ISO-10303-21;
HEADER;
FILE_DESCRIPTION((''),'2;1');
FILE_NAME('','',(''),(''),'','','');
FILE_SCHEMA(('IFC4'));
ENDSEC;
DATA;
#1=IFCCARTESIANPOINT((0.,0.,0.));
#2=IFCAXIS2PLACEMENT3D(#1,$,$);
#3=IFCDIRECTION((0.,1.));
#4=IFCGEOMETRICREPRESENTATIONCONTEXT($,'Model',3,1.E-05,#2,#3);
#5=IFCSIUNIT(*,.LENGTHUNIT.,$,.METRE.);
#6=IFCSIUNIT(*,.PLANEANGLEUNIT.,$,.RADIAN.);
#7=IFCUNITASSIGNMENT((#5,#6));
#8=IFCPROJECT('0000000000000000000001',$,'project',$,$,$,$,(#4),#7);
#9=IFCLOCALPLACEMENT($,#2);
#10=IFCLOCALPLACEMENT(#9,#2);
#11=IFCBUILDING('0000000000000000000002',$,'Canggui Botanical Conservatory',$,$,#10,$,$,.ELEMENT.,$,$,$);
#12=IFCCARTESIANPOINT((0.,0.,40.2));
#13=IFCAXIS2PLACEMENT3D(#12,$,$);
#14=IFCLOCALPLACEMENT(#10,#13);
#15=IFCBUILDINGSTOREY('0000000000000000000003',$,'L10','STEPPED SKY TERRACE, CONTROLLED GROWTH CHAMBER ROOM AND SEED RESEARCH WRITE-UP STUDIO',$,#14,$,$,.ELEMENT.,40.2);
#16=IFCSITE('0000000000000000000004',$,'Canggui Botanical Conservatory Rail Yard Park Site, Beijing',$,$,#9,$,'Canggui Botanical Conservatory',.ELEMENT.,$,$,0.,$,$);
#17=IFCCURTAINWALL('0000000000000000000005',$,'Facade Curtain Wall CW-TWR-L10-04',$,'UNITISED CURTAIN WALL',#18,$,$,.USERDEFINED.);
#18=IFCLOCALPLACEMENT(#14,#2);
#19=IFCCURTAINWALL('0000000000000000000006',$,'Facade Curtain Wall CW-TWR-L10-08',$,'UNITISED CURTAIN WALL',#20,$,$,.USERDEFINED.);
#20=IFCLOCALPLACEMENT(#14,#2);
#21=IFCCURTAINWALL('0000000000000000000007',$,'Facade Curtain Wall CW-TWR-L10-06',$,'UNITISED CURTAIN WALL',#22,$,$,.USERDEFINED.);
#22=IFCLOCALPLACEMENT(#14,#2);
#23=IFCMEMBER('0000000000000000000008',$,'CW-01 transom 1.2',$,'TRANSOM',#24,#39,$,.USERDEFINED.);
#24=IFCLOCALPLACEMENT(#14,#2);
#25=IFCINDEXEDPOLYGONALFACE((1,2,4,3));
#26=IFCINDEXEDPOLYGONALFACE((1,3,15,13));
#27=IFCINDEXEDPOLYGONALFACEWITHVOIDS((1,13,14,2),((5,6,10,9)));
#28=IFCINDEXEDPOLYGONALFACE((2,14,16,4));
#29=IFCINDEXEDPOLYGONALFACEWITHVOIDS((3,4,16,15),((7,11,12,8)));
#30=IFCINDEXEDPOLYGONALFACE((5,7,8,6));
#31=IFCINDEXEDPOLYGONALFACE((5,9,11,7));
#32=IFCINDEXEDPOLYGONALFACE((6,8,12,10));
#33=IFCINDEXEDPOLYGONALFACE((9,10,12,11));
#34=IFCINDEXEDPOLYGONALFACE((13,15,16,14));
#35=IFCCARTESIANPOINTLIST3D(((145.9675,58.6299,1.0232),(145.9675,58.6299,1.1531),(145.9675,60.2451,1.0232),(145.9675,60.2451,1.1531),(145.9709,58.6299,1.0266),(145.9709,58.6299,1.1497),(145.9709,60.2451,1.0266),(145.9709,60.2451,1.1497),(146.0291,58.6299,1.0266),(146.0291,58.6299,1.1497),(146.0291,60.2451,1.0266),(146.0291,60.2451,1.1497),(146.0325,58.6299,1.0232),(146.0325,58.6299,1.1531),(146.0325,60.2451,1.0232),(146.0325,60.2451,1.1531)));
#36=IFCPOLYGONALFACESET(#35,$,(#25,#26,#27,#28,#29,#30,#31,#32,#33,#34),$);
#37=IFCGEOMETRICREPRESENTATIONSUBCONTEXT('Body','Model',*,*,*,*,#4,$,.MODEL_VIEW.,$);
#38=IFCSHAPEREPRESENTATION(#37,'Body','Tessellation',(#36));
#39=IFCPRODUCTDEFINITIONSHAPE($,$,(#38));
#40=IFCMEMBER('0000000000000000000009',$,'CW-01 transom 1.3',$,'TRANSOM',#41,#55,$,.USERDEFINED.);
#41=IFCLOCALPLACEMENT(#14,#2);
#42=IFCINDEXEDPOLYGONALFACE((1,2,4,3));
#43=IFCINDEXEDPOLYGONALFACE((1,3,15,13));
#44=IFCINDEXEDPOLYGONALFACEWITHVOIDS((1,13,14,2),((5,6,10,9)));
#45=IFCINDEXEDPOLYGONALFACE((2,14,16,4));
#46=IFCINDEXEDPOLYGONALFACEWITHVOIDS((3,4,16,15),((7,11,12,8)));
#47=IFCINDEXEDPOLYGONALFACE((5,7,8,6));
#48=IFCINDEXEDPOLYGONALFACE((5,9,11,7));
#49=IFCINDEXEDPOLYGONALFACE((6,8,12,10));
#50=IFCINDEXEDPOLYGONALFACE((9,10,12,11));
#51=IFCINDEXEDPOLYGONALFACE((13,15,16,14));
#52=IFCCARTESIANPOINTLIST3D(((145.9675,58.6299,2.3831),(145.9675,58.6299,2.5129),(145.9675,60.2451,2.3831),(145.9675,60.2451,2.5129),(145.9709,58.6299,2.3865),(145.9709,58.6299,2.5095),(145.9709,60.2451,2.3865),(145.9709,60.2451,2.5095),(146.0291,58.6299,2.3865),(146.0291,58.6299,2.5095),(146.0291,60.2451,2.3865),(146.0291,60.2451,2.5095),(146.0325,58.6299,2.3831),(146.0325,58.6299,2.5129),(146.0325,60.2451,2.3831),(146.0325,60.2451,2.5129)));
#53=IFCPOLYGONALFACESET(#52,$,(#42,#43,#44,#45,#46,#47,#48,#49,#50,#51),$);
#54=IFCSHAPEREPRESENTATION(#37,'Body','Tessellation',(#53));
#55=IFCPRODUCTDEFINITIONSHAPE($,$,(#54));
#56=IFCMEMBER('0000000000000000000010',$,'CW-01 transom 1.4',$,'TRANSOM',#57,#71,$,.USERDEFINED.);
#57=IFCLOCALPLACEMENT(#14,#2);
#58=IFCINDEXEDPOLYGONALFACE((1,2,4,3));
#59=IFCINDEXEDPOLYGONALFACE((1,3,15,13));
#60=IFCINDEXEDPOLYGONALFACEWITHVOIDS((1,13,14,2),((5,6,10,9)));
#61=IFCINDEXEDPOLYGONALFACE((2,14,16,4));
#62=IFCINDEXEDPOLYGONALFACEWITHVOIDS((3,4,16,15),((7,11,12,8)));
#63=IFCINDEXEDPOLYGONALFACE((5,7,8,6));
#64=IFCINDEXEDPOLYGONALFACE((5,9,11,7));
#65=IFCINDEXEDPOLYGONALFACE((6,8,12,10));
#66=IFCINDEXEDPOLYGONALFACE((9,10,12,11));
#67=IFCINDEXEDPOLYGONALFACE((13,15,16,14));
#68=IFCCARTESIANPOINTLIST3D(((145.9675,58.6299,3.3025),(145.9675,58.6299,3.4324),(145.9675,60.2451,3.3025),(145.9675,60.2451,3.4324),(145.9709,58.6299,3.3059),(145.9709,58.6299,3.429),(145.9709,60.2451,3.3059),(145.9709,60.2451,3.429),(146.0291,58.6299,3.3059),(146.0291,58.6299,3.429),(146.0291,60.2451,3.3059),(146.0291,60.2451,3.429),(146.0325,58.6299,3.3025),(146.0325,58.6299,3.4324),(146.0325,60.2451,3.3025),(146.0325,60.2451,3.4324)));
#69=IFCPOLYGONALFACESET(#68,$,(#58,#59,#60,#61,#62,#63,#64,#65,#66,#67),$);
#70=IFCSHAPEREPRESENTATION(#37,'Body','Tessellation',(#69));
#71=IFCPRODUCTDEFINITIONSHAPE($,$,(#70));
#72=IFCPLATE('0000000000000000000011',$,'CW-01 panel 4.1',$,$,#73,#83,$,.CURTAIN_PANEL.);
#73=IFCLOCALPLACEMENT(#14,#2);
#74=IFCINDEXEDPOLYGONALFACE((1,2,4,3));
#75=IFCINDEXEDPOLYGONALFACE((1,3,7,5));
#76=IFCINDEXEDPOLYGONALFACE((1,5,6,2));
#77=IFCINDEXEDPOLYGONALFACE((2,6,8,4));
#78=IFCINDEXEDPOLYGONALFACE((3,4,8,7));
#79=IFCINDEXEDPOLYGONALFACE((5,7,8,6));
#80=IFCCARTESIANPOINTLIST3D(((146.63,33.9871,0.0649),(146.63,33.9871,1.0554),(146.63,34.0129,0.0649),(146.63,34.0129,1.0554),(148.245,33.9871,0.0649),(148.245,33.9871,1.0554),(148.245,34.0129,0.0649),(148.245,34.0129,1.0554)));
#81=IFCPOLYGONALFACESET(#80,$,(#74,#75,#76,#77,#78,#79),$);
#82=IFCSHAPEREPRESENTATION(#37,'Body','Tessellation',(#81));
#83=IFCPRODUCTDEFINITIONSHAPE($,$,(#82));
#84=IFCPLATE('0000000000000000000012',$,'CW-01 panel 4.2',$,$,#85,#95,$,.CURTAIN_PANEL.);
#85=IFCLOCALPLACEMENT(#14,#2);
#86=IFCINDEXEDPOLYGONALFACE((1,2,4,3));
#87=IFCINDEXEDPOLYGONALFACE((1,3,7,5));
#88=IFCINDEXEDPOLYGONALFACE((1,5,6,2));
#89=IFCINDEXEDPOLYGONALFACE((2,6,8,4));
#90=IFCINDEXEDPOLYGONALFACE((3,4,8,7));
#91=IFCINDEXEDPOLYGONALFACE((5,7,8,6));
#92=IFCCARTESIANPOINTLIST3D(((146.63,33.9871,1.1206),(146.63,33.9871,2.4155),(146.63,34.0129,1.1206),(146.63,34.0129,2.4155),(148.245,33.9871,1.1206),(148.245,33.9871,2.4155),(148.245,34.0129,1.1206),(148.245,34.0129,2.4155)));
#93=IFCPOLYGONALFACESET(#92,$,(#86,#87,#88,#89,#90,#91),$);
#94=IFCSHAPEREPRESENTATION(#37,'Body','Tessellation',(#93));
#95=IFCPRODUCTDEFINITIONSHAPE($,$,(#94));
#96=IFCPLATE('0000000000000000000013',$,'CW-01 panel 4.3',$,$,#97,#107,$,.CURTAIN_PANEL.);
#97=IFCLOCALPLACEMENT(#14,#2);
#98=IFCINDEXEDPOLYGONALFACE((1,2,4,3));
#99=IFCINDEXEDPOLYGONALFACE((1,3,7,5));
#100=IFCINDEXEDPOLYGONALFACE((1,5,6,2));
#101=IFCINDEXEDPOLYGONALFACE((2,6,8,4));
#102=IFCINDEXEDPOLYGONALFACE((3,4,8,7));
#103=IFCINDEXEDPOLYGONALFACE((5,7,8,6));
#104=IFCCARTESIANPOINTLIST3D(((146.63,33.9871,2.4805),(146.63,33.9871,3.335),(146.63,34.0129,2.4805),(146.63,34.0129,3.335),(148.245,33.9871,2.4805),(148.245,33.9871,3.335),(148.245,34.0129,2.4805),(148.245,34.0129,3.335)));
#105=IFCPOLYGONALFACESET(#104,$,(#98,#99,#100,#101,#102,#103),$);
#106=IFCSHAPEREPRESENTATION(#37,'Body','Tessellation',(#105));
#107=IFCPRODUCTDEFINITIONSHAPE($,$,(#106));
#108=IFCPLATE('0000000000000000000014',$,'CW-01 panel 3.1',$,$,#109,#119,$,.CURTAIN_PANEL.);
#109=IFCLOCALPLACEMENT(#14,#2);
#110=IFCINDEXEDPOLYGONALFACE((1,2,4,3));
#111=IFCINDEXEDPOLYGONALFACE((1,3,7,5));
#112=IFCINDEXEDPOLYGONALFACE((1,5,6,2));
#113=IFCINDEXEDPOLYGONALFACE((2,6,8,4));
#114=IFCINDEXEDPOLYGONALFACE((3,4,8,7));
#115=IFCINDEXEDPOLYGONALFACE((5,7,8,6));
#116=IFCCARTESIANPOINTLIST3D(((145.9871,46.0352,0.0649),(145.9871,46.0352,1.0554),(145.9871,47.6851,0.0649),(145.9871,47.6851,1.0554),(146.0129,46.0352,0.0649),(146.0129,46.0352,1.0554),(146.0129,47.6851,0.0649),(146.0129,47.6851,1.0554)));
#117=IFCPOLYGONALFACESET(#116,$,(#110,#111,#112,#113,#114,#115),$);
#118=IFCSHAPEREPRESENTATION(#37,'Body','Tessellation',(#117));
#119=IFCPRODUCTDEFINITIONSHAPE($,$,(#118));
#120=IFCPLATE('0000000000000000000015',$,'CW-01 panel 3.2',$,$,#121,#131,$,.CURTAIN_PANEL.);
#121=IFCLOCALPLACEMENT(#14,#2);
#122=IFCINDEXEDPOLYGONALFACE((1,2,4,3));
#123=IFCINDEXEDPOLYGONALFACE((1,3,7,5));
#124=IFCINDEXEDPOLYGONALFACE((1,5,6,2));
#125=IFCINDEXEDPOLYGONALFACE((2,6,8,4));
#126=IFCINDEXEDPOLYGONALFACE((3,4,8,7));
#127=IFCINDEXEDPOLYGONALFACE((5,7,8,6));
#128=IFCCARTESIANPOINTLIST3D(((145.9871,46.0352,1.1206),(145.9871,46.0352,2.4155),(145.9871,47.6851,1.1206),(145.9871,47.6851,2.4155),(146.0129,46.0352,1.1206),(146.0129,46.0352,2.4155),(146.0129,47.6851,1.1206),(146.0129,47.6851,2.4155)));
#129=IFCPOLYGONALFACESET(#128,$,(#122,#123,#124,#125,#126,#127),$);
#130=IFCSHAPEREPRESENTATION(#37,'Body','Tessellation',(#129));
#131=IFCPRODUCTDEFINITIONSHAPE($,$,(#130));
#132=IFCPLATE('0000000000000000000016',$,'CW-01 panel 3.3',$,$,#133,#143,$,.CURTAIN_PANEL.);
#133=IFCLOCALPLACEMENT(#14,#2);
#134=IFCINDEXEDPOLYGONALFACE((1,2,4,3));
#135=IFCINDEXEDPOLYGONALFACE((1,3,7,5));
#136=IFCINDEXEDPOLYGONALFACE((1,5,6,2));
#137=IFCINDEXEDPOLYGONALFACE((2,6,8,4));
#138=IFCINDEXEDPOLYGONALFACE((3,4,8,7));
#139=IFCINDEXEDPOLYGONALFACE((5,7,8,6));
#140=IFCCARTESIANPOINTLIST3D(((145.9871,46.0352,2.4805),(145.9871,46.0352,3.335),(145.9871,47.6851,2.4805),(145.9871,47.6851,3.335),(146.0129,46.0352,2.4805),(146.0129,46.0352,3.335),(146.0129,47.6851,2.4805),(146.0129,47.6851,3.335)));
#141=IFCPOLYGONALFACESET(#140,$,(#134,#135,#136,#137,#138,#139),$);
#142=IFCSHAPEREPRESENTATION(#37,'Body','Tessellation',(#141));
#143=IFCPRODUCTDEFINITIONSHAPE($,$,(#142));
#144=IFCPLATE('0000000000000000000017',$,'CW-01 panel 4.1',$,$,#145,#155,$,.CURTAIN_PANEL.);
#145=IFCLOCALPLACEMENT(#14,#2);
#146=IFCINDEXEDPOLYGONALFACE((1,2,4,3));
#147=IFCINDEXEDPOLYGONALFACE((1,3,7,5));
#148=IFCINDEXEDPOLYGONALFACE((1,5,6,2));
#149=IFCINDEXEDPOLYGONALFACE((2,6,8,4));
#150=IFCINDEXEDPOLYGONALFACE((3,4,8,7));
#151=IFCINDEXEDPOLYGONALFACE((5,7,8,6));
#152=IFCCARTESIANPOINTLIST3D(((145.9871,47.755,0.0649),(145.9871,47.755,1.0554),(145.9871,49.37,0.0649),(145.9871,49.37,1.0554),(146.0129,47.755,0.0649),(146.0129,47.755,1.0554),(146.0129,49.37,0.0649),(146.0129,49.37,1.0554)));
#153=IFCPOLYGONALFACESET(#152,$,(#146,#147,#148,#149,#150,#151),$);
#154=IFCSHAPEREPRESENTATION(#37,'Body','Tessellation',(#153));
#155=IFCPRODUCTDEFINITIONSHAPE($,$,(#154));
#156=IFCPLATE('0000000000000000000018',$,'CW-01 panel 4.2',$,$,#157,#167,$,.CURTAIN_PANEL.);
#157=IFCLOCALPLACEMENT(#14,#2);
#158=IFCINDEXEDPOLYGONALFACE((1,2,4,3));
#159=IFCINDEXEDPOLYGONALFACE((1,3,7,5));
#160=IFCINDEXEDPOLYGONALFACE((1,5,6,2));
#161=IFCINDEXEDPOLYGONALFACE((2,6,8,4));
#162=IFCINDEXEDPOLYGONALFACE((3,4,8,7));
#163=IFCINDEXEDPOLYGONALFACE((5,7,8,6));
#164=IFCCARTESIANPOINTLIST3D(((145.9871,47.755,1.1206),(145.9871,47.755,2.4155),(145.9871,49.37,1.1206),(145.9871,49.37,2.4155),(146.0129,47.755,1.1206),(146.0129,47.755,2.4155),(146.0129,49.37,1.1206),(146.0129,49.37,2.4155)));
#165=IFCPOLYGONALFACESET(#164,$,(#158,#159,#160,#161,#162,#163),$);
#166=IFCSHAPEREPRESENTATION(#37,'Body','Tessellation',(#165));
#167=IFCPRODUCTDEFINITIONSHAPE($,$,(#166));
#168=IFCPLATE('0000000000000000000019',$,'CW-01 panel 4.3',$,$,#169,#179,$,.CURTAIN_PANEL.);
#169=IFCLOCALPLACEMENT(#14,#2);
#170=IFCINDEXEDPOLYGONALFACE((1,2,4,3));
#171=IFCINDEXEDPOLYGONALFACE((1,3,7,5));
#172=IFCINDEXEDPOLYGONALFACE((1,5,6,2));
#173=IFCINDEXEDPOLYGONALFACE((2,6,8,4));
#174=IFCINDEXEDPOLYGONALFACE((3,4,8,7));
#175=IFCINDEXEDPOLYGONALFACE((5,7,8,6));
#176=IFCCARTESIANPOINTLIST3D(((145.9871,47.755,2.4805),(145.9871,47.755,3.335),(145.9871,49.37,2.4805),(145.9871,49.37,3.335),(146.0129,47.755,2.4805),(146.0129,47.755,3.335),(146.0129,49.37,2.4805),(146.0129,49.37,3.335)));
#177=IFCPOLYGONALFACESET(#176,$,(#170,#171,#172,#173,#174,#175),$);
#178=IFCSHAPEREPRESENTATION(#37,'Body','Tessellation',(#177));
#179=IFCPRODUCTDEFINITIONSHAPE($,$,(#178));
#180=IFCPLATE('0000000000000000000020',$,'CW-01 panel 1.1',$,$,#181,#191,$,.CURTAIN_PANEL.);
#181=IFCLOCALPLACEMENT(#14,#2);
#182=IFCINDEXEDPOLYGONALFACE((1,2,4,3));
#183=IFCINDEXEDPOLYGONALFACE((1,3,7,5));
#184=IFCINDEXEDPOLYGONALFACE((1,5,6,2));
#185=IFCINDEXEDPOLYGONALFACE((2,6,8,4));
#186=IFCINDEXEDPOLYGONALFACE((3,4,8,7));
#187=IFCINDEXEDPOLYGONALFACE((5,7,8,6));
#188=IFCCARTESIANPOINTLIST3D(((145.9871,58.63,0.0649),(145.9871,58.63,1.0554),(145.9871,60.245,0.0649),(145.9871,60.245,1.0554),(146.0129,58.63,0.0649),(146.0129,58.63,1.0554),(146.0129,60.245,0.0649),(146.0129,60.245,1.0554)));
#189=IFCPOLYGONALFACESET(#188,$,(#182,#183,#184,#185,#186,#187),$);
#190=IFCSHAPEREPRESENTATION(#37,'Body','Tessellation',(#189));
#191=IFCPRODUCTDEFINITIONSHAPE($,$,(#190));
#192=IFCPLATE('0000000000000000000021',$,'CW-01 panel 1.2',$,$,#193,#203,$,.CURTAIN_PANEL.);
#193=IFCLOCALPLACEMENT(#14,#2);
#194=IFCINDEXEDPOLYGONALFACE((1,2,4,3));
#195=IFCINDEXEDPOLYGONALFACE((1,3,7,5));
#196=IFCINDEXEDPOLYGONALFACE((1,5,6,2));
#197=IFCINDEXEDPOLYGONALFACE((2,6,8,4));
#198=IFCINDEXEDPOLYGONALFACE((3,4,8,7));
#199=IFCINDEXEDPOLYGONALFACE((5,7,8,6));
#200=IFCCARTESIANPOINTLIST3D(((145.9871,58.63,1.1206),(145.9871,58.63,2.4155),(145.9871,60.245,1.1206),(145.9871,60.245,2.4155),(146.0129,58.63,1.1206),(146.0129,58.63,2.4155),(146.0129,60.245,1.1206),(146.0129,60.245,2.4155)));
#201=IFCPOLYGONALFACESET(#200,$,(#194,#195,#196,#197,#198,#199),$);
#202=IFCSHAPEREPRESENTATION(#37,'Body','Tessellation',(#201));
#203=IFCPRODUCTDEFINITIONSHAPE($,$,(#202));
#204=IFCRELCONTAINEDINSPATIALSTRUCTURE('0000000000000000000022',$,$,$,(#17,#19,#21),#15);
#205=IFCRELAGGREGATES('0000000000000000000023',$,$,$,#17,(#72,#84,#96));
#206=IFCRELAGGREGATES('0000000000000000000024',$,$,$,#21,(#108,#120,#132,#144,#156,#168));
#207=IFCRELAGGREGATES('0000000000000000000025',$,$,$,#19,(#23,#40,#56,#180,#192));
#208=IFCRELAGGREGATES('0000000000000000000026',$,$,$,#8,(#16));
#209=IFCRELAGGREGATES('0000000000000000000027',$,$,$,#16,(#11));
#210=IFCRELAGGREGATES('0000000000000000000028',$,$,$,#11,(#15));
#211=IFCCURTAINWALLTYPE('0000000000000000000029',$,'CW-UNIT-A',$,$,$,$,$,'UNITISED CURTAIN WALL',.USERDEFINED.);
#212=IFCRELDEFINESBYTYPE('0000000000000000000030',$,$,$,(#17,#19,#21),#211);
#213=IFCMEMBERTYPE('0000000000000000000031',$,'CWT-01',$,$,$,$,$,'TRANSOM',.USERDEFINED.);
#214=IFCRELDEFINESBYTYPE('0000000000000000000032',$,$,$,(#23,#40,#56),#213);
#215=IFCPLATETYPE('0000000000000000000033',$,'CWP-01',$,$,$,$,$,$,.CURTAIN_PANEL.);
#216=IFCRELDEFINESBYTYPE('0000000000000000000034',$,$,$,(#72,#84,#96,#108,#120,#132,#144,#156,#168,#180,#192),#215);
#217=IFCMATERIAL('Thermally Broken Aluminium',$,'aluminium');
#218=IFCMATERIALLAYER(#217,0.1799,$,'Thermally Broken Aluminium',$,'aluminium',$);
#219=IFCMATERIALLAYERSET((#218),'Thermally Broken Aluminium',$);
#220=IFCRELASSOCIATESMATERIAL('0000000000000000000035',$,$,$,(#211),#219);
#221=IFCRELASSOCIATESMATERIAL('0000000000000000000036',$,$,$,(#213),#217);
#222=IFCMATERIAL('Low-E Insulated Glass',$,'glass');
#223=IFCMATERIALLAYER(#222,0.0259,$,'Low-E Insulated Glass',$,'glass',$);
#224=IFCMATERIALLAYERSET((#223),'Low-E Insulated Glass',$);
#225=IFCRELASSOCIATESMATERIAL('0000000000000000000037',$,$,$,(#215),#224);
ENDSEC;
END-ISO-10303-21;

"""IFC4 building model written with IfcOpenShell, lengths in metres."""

from ifc_helpers import new_model, si_unit, direction, frame, origin, origin_2d, place, context, subcontext, project, spatial, rectangle, hollow_rectangle, extrude, material, layer, layer_set, material_profile, profile_set, type_object, element, aggregate, save


model = new_model("IFC4")

# Units and contexts
model_context = context("Model", 3, precision=1e-05, world=origin(), true_north=direction((0.0, 1.0)))
body_context = subcontext(model_context, "Body", "Model", "MODEL_VIEW")
ifc_project = project(units=[si_unit("LENGTHUNIT", "METRE"), si_unit("PLANEANGLEUNIT", "RADIAN")], contexts=[model_context])

# Site, building, storey
site_placement = place(None, origin())
site = spatial("IfcSite", under=ifc_project, at=site_placement, Name="Canggui Botanical Conservatory Rail Yard Park Site, Beijing", LongName="Canggui Botanical Conservatory", CompositionType="ELEMENT", RefElevation=0.0)
building_placement = place(site_placement, origin())
building = spatial("IfcBuilding", under=site, at=building_placement, Name="Canggui Botanical Conservatory", CompositionType="ELEMENT")
storey_placement = place(building_placement, frame((0.0, 0.0, 40.2)))
storey = spatial("IfcBuildingStorey", under=building, at=storey_placement, Name="L10", Description="STEPPED SKY TERRACE, CONTROLLED GROWTH CHAMBER ROOM AND SEED RESEARCH WRITE-UP STUDIO", CompositionType="ELEMENT", Elevation=40.2)

# Curtain walls
ifc_material_1 = material(Name="Thermally Broken Aluminium", Category="aluminium")
ifc_layer_1 = layer(ifc_material_1, 0.1799, Name="Thermally Broken Aluminium", Category="aluminium")
ifc_layer_set_1 = layer_set([ifc_layer_1], Name="Thermally Broken Aluminium")
curtain_wall_type = type_object("IfcCurtainWallType", Name="CW-UNIT-A", ElementType="UNITISED CURTAIN WALL", PredefinedType="USERDEFINED", material=ifc_layer_set_1)
curtain_wall_1_placement = place(storey_placement, origin())
curtain_wall_1 = element("IfcCurtainWall", 1, at=curtain_wall_1_placement, inside=storey, type_object=curtain_wall_type, Name="Facade Curtain Wall CW-TWR-L10-04", ObjectType="UNITISED CURTAIN WALL", PredefinedType="USERDEFINED")
curtain_wall_2_placement = place(storey_placement, origin())
curtain_wall_2 = element("IfcCurtainWall", 2, at=curtain_wall_2_placement, inside=storey, type_object=curtain_wall_type, Name="Facade Curtain Wall CW-TWR-L10-08", ObjectType="UNITISED CURTAIN WALL", PredefinedType="USERDEFINED")

# Curtain wall
curtain_wall_3_placement = place(storey_placement, origin())
curtain_wall_3 = element("IfcCurtainWall", 3, at=curtain_wall_3_placement, inside=storey, type_object=curtain_wall_type, Name="Facade Curtain Wall CW-TWR-L10-06", ObjectType="UNITISED CURTAIN WALL", PredefinedType="USERDEFINED")
ifc_material_profile_1 = material_profile(ifc_material_1, hollow_rectangle(XDim=0.0649, YDim=0.1299, WallThickness=0.0034, at=origin_2d()), Name="CWT 65x130x3.5")
ifc_profile_set_1 = profile_set([ifc_material_profile_1], Name="Thermally Broken Aluminium")
member_type_1 = type_object("IfcMemberType", Name="CWT-01", ElementType="TRANSOM", PredefinedType="USERDEFINED", material=ifc_profile_set_1)

# Members
member_1_placement = place(storey_placement, frame((146.0, 58.6299, 1.0881), z_axis=(0.0, 1.0, 0.0), x_axis=(-1.0, 0.0, 0.0)))
member_1 = element("IfcMember", 4, at=member_1_placement, type_object=member_type_1, Name="CW-01 transom 1.2", ObjectType="TRANSOM", PredefinedType="USERDEFINED", context=body_context, shape_type="SweptSolid", body=[
    extrude(hollow_rectangle(XDim=0.0649, YDim=0.1299, WallThickness=0.0034, at=origin_2d()), origin(), (0.0, 0.0, 1.0), 1.6152),
])
member_2_placement = place(storey_placement, frame((146.0, 58.6299, 2.448), z_axis=(0.0, 1.0, 0.0), x_axis=(-1.0, 0.0, 0.0)))
member_2 = element("IfcMember", 5, at=member_2_placement, type_object=member_type_1, Name="CW-01 transom 1.3", ObjectType="TRANSOM", PredefinedType="USERDEFINED", context=body_context, shape_type="SweptSolid", body=[
    extrude(hollow_rectangle(XDim=0.0649, YDim=0.1299, WallThickness=0.0034, at=origin_2d()), origin(), (0.0, 0.0, 1.0), 1.6152),
])
member_3_placement = place(storey_placement, frame((146.0, 58.6299, 3.3674), z_axis=(0.0, 1.0, 0.0), x_axis=(-1.0, 0.0, 0.0)))
member_3 = element("IfcMember", 6, at=member_3_placement, type_object=member_type_1, Name="CW-01 transom 1.4", ObjectType="TRANSOM", PredefinedType="USERDEFINED", context=body_context, shape_type="SweptSolid", body=[
    extrude(hollow_rectangle(XDim=0.0649, YDim=0.1299, WallThickness=0.0034, at=origin_2d()), origin(), (0.0, 0.0, 1.0), 1.6152),
])

# Plates
ifc_material_2 = material(Name="Low-E Insulated Glass", Category="glass")
ifc_layer_2 = layer(ifc_material_2, 0.0259, Name="Low-E Insulated Glass", Category="glass")
ifc_layer_set_2 = layer_set([ifc_layer_2], Name="Low-E Insulated Glass")
plate_type = type_object("IfcPlateType", Name="CWP-01", PredefinedType="CURTAIN_PANEL", material=ifc_layer_set_2)
plate_1_placement = place(storey_placement, frame((147.4375, 34.0, 0.0649), z_axis=(0.0, 0.0, 1.0), x_axis=(-1.0, 0.0, 0.0)))
plate_1 = element("IfcPlate", 7, at=plate_1_placement, type_object=plate_type, Name="CW-01 panel 4.1", PredefinedType="CURTAIN_PANEL", context=body_context, shape_type="SweptSolid", body=[
    extrude(rectangle(XDim=1.615, YDim=0.0259, at=origin_2d()), origin(), (0.0, 0.0, 1.0), 0.9905),
])
plate_2_placement = place(storey_placement, frame((147.4375, 34.0, 1.1206), z_axis=(0.0, 0.0, 1.0), x_axis=(-1.0, 0.0, 0.0)))
plate_2 = element("IfcPlate", 8, at=plate_2_placement, type_object=plate_type, Name="CW-01 panel 4.2", PredefinedType="CURTAIN_PANEL", context=body_context, shape_type="SweptSolid", body=[
    extrude(rectangle(XDim=1.615, YDim=0.0259, at=origin_2d()), origin(), (0.0, 0.0, 1.0), 1.2949),
])
plate_3_placement = place(storey_placement, frame((147.4375, 34.0, 2.4805), z_axis=(0.0, 0.0, 1.0), x_axis=(-1.0, 0.0, 0.0)))
plate_3 = element("IfcPlate", 9, at=plate_3_placement, type_object=plate_type, Name="CW-01 panel 4.3", PredefinedType="CURTAIN_PANEL", context=body_context, shape_type="SweptSolid", body=[
    extrude(rectangle(XDim=1.615, YDim=0.0259, at=origin_2d()), origin(), (0.0, 0.0, 1.0), 0.8545),
])
aggregate(curtain_wall_1, [plate_1, plate_2, plate_3])
plate_4_placement = place(storey_placement, frame((146.0, 46.8601, 0.0649), z_axis=(0.0, 0.0, 1.0), x_axis=(0.0, 1.0, 0.0)))
plate_4 = element("IfcPlate", 10, at=plate_4_placement, type_object=plate_type, Name="CW-01 panel 3.1", PredefinedType="CURTAIN_PANEL", context=body_context, shape_type="SweptSolid", body=[
    extrude(rectangle(XDim=1.6499, YDim=0.0259, at=origin_2d()), origin(), (0.0, 0.0, 1.0), 0.9905),
])
plate_5_placement = place(storey_placement, frame((146.0, 46.8601, 1.1206), z_axis=(0.0, 0.0, 1.0), x_axis=(0.0, 1.0, 0.0)))
plate_5 = element("IfcPlate", 11, at=plate_5_placement, type_object=plate_type, Name="CW-01 panel 3.2", PredefinedType="CURTAIN_PANEL", context=body_context, shape_type="SweptSolid", body=[
    extrude(rectangle(XDim=1.6499, YDim=0.0259, at=origin_2d()), origin(), (0.0, 0.0, 1.0), 1.2949),
])
plate_6_placement = place(storey_placement, frame((146.0, 46.8601, 2.4805), z_axis=(0.0, 0.0, 1.0), x_axis=(0.0, 1.0, 0.0)))
plate_6 = element("IfcPlate", 12, at=plate_6_placement, type_object=plate_type, Name="CW-01 panel 3.3", PredefinedType="CURTAIN_PANEL", context=body_context, shape_type="SweptSolid", body=[
    extrude(rectangle(XDim=1.6499, YDim=0.0259, at=origin_2d()), origin(), (0.0, 0.0, 1.0), 0.8545),
])
plate_7_placement = place(storey_placement, frame((146.0, 48.5625, 0.0649), z_axis=(0.0, 0.0, 1.0), x_axis=(0.0, 1.0, 0.0)))
plate_7 = element("IfcPlate", 13, at=plate_7_placement, type_object=plate_type, Name="CW-01 panel 4.1", PredefinedType="CURTAIN_PANEL", context=body_context, shape_type="SweptSolid", body=[
    extrude(rectangle(XDim=1.615, YDim=0.0259, at=origin_2d()), origin(), (0.0, 0.0, 1.0), 0.9905),
])
plate_8_placement = place(storey_placement, frame((146.0, 48.5625, 1.1206), z_axis=(0.0, 0.0, 1.0), x_axis=(0.0, 1.0, 0.0)))
plate_8 = element("IfcPlate", 14, at=plate_8_placement, type_object=plate_type, Name="CW-01 panel 4.2", PredefinedType="CURTAIN_PANEL", context=body_context, shape_type="SweptSolid", body=[
    extrude(rectangle(XDim=1.615, YDim=0.0259, at=origin_2d()), origin(), (0.0, 0.0, 1.0), 1.2949),
])
plate_9_placement = place(storey_placement, frame((146.0, 48.5625, 2.4805), z_axis=(0.0, 0.0, 1.0), x_axis=(0.0, 1.0, 0.0)))
plate_9 = element("IfcPlate", 15, at=plate_9_placement, type_object=plate_type, Name="CW-01 panel 4.3", PredefinedType="CURTAIN_PANEL", context=body_context, shape_type="SweptSolid", body=[
    extrude(rectangle(XDim=1.615, YDim=0.0259, at=origin_2d()), origin(), (0.0, 0.0, 1.0), 0.8545),
])
aggregate(curtain_wall_3, [plate_4, plate_5, plate_6, plate_7, plate_8, plate_9])
plate_10_placement = place(storey_placement, frame((146.0, 59.4375, 0.0649), z_axis=(0.0, 0.0, 1.0), x_axis=(0.0, 1.0, 0.0)))
plate_10 = element("IfcPlate", 16, at=plate_10_placement, type_object=plate_type, Name="CW-01 panel 1.1", PredefinedType="CURTAIN_PANEL", context=body_context, shape_type="SweptSolid", body=[
    extrude(rectangle(XDim=1.615, YDim=0.0259, at=origin_2d()), origin(), (0.0, 0.0, 1.0), 0.9905),
])
plate_11_placement = place(storey_placement, frame((146.0, 59.4375, 1.1206), z_axis=(0.0, 0.0, 1.0), x_axis=(0.0, 1.0, 0.0)))
plate_11 = element("IfcPlate", 17, at=plate_11_placement, type_object=plate_type, Name="CW-01 panel 1.2", PredefinedType="CURTAIN_PANEL", context=body_context, shape_type="SweptSolid", body=[
    extrude(rectangle(XDim=1.615, YDim=0.0259, at=origin_2d()), origin(), (0.0, 0.0, 1.0), 1.2949),
])
aggregate(curtain_wall_2, [member_1, member_2, member_3, plate_10, plate_11])

save(model, "model.ifc")
